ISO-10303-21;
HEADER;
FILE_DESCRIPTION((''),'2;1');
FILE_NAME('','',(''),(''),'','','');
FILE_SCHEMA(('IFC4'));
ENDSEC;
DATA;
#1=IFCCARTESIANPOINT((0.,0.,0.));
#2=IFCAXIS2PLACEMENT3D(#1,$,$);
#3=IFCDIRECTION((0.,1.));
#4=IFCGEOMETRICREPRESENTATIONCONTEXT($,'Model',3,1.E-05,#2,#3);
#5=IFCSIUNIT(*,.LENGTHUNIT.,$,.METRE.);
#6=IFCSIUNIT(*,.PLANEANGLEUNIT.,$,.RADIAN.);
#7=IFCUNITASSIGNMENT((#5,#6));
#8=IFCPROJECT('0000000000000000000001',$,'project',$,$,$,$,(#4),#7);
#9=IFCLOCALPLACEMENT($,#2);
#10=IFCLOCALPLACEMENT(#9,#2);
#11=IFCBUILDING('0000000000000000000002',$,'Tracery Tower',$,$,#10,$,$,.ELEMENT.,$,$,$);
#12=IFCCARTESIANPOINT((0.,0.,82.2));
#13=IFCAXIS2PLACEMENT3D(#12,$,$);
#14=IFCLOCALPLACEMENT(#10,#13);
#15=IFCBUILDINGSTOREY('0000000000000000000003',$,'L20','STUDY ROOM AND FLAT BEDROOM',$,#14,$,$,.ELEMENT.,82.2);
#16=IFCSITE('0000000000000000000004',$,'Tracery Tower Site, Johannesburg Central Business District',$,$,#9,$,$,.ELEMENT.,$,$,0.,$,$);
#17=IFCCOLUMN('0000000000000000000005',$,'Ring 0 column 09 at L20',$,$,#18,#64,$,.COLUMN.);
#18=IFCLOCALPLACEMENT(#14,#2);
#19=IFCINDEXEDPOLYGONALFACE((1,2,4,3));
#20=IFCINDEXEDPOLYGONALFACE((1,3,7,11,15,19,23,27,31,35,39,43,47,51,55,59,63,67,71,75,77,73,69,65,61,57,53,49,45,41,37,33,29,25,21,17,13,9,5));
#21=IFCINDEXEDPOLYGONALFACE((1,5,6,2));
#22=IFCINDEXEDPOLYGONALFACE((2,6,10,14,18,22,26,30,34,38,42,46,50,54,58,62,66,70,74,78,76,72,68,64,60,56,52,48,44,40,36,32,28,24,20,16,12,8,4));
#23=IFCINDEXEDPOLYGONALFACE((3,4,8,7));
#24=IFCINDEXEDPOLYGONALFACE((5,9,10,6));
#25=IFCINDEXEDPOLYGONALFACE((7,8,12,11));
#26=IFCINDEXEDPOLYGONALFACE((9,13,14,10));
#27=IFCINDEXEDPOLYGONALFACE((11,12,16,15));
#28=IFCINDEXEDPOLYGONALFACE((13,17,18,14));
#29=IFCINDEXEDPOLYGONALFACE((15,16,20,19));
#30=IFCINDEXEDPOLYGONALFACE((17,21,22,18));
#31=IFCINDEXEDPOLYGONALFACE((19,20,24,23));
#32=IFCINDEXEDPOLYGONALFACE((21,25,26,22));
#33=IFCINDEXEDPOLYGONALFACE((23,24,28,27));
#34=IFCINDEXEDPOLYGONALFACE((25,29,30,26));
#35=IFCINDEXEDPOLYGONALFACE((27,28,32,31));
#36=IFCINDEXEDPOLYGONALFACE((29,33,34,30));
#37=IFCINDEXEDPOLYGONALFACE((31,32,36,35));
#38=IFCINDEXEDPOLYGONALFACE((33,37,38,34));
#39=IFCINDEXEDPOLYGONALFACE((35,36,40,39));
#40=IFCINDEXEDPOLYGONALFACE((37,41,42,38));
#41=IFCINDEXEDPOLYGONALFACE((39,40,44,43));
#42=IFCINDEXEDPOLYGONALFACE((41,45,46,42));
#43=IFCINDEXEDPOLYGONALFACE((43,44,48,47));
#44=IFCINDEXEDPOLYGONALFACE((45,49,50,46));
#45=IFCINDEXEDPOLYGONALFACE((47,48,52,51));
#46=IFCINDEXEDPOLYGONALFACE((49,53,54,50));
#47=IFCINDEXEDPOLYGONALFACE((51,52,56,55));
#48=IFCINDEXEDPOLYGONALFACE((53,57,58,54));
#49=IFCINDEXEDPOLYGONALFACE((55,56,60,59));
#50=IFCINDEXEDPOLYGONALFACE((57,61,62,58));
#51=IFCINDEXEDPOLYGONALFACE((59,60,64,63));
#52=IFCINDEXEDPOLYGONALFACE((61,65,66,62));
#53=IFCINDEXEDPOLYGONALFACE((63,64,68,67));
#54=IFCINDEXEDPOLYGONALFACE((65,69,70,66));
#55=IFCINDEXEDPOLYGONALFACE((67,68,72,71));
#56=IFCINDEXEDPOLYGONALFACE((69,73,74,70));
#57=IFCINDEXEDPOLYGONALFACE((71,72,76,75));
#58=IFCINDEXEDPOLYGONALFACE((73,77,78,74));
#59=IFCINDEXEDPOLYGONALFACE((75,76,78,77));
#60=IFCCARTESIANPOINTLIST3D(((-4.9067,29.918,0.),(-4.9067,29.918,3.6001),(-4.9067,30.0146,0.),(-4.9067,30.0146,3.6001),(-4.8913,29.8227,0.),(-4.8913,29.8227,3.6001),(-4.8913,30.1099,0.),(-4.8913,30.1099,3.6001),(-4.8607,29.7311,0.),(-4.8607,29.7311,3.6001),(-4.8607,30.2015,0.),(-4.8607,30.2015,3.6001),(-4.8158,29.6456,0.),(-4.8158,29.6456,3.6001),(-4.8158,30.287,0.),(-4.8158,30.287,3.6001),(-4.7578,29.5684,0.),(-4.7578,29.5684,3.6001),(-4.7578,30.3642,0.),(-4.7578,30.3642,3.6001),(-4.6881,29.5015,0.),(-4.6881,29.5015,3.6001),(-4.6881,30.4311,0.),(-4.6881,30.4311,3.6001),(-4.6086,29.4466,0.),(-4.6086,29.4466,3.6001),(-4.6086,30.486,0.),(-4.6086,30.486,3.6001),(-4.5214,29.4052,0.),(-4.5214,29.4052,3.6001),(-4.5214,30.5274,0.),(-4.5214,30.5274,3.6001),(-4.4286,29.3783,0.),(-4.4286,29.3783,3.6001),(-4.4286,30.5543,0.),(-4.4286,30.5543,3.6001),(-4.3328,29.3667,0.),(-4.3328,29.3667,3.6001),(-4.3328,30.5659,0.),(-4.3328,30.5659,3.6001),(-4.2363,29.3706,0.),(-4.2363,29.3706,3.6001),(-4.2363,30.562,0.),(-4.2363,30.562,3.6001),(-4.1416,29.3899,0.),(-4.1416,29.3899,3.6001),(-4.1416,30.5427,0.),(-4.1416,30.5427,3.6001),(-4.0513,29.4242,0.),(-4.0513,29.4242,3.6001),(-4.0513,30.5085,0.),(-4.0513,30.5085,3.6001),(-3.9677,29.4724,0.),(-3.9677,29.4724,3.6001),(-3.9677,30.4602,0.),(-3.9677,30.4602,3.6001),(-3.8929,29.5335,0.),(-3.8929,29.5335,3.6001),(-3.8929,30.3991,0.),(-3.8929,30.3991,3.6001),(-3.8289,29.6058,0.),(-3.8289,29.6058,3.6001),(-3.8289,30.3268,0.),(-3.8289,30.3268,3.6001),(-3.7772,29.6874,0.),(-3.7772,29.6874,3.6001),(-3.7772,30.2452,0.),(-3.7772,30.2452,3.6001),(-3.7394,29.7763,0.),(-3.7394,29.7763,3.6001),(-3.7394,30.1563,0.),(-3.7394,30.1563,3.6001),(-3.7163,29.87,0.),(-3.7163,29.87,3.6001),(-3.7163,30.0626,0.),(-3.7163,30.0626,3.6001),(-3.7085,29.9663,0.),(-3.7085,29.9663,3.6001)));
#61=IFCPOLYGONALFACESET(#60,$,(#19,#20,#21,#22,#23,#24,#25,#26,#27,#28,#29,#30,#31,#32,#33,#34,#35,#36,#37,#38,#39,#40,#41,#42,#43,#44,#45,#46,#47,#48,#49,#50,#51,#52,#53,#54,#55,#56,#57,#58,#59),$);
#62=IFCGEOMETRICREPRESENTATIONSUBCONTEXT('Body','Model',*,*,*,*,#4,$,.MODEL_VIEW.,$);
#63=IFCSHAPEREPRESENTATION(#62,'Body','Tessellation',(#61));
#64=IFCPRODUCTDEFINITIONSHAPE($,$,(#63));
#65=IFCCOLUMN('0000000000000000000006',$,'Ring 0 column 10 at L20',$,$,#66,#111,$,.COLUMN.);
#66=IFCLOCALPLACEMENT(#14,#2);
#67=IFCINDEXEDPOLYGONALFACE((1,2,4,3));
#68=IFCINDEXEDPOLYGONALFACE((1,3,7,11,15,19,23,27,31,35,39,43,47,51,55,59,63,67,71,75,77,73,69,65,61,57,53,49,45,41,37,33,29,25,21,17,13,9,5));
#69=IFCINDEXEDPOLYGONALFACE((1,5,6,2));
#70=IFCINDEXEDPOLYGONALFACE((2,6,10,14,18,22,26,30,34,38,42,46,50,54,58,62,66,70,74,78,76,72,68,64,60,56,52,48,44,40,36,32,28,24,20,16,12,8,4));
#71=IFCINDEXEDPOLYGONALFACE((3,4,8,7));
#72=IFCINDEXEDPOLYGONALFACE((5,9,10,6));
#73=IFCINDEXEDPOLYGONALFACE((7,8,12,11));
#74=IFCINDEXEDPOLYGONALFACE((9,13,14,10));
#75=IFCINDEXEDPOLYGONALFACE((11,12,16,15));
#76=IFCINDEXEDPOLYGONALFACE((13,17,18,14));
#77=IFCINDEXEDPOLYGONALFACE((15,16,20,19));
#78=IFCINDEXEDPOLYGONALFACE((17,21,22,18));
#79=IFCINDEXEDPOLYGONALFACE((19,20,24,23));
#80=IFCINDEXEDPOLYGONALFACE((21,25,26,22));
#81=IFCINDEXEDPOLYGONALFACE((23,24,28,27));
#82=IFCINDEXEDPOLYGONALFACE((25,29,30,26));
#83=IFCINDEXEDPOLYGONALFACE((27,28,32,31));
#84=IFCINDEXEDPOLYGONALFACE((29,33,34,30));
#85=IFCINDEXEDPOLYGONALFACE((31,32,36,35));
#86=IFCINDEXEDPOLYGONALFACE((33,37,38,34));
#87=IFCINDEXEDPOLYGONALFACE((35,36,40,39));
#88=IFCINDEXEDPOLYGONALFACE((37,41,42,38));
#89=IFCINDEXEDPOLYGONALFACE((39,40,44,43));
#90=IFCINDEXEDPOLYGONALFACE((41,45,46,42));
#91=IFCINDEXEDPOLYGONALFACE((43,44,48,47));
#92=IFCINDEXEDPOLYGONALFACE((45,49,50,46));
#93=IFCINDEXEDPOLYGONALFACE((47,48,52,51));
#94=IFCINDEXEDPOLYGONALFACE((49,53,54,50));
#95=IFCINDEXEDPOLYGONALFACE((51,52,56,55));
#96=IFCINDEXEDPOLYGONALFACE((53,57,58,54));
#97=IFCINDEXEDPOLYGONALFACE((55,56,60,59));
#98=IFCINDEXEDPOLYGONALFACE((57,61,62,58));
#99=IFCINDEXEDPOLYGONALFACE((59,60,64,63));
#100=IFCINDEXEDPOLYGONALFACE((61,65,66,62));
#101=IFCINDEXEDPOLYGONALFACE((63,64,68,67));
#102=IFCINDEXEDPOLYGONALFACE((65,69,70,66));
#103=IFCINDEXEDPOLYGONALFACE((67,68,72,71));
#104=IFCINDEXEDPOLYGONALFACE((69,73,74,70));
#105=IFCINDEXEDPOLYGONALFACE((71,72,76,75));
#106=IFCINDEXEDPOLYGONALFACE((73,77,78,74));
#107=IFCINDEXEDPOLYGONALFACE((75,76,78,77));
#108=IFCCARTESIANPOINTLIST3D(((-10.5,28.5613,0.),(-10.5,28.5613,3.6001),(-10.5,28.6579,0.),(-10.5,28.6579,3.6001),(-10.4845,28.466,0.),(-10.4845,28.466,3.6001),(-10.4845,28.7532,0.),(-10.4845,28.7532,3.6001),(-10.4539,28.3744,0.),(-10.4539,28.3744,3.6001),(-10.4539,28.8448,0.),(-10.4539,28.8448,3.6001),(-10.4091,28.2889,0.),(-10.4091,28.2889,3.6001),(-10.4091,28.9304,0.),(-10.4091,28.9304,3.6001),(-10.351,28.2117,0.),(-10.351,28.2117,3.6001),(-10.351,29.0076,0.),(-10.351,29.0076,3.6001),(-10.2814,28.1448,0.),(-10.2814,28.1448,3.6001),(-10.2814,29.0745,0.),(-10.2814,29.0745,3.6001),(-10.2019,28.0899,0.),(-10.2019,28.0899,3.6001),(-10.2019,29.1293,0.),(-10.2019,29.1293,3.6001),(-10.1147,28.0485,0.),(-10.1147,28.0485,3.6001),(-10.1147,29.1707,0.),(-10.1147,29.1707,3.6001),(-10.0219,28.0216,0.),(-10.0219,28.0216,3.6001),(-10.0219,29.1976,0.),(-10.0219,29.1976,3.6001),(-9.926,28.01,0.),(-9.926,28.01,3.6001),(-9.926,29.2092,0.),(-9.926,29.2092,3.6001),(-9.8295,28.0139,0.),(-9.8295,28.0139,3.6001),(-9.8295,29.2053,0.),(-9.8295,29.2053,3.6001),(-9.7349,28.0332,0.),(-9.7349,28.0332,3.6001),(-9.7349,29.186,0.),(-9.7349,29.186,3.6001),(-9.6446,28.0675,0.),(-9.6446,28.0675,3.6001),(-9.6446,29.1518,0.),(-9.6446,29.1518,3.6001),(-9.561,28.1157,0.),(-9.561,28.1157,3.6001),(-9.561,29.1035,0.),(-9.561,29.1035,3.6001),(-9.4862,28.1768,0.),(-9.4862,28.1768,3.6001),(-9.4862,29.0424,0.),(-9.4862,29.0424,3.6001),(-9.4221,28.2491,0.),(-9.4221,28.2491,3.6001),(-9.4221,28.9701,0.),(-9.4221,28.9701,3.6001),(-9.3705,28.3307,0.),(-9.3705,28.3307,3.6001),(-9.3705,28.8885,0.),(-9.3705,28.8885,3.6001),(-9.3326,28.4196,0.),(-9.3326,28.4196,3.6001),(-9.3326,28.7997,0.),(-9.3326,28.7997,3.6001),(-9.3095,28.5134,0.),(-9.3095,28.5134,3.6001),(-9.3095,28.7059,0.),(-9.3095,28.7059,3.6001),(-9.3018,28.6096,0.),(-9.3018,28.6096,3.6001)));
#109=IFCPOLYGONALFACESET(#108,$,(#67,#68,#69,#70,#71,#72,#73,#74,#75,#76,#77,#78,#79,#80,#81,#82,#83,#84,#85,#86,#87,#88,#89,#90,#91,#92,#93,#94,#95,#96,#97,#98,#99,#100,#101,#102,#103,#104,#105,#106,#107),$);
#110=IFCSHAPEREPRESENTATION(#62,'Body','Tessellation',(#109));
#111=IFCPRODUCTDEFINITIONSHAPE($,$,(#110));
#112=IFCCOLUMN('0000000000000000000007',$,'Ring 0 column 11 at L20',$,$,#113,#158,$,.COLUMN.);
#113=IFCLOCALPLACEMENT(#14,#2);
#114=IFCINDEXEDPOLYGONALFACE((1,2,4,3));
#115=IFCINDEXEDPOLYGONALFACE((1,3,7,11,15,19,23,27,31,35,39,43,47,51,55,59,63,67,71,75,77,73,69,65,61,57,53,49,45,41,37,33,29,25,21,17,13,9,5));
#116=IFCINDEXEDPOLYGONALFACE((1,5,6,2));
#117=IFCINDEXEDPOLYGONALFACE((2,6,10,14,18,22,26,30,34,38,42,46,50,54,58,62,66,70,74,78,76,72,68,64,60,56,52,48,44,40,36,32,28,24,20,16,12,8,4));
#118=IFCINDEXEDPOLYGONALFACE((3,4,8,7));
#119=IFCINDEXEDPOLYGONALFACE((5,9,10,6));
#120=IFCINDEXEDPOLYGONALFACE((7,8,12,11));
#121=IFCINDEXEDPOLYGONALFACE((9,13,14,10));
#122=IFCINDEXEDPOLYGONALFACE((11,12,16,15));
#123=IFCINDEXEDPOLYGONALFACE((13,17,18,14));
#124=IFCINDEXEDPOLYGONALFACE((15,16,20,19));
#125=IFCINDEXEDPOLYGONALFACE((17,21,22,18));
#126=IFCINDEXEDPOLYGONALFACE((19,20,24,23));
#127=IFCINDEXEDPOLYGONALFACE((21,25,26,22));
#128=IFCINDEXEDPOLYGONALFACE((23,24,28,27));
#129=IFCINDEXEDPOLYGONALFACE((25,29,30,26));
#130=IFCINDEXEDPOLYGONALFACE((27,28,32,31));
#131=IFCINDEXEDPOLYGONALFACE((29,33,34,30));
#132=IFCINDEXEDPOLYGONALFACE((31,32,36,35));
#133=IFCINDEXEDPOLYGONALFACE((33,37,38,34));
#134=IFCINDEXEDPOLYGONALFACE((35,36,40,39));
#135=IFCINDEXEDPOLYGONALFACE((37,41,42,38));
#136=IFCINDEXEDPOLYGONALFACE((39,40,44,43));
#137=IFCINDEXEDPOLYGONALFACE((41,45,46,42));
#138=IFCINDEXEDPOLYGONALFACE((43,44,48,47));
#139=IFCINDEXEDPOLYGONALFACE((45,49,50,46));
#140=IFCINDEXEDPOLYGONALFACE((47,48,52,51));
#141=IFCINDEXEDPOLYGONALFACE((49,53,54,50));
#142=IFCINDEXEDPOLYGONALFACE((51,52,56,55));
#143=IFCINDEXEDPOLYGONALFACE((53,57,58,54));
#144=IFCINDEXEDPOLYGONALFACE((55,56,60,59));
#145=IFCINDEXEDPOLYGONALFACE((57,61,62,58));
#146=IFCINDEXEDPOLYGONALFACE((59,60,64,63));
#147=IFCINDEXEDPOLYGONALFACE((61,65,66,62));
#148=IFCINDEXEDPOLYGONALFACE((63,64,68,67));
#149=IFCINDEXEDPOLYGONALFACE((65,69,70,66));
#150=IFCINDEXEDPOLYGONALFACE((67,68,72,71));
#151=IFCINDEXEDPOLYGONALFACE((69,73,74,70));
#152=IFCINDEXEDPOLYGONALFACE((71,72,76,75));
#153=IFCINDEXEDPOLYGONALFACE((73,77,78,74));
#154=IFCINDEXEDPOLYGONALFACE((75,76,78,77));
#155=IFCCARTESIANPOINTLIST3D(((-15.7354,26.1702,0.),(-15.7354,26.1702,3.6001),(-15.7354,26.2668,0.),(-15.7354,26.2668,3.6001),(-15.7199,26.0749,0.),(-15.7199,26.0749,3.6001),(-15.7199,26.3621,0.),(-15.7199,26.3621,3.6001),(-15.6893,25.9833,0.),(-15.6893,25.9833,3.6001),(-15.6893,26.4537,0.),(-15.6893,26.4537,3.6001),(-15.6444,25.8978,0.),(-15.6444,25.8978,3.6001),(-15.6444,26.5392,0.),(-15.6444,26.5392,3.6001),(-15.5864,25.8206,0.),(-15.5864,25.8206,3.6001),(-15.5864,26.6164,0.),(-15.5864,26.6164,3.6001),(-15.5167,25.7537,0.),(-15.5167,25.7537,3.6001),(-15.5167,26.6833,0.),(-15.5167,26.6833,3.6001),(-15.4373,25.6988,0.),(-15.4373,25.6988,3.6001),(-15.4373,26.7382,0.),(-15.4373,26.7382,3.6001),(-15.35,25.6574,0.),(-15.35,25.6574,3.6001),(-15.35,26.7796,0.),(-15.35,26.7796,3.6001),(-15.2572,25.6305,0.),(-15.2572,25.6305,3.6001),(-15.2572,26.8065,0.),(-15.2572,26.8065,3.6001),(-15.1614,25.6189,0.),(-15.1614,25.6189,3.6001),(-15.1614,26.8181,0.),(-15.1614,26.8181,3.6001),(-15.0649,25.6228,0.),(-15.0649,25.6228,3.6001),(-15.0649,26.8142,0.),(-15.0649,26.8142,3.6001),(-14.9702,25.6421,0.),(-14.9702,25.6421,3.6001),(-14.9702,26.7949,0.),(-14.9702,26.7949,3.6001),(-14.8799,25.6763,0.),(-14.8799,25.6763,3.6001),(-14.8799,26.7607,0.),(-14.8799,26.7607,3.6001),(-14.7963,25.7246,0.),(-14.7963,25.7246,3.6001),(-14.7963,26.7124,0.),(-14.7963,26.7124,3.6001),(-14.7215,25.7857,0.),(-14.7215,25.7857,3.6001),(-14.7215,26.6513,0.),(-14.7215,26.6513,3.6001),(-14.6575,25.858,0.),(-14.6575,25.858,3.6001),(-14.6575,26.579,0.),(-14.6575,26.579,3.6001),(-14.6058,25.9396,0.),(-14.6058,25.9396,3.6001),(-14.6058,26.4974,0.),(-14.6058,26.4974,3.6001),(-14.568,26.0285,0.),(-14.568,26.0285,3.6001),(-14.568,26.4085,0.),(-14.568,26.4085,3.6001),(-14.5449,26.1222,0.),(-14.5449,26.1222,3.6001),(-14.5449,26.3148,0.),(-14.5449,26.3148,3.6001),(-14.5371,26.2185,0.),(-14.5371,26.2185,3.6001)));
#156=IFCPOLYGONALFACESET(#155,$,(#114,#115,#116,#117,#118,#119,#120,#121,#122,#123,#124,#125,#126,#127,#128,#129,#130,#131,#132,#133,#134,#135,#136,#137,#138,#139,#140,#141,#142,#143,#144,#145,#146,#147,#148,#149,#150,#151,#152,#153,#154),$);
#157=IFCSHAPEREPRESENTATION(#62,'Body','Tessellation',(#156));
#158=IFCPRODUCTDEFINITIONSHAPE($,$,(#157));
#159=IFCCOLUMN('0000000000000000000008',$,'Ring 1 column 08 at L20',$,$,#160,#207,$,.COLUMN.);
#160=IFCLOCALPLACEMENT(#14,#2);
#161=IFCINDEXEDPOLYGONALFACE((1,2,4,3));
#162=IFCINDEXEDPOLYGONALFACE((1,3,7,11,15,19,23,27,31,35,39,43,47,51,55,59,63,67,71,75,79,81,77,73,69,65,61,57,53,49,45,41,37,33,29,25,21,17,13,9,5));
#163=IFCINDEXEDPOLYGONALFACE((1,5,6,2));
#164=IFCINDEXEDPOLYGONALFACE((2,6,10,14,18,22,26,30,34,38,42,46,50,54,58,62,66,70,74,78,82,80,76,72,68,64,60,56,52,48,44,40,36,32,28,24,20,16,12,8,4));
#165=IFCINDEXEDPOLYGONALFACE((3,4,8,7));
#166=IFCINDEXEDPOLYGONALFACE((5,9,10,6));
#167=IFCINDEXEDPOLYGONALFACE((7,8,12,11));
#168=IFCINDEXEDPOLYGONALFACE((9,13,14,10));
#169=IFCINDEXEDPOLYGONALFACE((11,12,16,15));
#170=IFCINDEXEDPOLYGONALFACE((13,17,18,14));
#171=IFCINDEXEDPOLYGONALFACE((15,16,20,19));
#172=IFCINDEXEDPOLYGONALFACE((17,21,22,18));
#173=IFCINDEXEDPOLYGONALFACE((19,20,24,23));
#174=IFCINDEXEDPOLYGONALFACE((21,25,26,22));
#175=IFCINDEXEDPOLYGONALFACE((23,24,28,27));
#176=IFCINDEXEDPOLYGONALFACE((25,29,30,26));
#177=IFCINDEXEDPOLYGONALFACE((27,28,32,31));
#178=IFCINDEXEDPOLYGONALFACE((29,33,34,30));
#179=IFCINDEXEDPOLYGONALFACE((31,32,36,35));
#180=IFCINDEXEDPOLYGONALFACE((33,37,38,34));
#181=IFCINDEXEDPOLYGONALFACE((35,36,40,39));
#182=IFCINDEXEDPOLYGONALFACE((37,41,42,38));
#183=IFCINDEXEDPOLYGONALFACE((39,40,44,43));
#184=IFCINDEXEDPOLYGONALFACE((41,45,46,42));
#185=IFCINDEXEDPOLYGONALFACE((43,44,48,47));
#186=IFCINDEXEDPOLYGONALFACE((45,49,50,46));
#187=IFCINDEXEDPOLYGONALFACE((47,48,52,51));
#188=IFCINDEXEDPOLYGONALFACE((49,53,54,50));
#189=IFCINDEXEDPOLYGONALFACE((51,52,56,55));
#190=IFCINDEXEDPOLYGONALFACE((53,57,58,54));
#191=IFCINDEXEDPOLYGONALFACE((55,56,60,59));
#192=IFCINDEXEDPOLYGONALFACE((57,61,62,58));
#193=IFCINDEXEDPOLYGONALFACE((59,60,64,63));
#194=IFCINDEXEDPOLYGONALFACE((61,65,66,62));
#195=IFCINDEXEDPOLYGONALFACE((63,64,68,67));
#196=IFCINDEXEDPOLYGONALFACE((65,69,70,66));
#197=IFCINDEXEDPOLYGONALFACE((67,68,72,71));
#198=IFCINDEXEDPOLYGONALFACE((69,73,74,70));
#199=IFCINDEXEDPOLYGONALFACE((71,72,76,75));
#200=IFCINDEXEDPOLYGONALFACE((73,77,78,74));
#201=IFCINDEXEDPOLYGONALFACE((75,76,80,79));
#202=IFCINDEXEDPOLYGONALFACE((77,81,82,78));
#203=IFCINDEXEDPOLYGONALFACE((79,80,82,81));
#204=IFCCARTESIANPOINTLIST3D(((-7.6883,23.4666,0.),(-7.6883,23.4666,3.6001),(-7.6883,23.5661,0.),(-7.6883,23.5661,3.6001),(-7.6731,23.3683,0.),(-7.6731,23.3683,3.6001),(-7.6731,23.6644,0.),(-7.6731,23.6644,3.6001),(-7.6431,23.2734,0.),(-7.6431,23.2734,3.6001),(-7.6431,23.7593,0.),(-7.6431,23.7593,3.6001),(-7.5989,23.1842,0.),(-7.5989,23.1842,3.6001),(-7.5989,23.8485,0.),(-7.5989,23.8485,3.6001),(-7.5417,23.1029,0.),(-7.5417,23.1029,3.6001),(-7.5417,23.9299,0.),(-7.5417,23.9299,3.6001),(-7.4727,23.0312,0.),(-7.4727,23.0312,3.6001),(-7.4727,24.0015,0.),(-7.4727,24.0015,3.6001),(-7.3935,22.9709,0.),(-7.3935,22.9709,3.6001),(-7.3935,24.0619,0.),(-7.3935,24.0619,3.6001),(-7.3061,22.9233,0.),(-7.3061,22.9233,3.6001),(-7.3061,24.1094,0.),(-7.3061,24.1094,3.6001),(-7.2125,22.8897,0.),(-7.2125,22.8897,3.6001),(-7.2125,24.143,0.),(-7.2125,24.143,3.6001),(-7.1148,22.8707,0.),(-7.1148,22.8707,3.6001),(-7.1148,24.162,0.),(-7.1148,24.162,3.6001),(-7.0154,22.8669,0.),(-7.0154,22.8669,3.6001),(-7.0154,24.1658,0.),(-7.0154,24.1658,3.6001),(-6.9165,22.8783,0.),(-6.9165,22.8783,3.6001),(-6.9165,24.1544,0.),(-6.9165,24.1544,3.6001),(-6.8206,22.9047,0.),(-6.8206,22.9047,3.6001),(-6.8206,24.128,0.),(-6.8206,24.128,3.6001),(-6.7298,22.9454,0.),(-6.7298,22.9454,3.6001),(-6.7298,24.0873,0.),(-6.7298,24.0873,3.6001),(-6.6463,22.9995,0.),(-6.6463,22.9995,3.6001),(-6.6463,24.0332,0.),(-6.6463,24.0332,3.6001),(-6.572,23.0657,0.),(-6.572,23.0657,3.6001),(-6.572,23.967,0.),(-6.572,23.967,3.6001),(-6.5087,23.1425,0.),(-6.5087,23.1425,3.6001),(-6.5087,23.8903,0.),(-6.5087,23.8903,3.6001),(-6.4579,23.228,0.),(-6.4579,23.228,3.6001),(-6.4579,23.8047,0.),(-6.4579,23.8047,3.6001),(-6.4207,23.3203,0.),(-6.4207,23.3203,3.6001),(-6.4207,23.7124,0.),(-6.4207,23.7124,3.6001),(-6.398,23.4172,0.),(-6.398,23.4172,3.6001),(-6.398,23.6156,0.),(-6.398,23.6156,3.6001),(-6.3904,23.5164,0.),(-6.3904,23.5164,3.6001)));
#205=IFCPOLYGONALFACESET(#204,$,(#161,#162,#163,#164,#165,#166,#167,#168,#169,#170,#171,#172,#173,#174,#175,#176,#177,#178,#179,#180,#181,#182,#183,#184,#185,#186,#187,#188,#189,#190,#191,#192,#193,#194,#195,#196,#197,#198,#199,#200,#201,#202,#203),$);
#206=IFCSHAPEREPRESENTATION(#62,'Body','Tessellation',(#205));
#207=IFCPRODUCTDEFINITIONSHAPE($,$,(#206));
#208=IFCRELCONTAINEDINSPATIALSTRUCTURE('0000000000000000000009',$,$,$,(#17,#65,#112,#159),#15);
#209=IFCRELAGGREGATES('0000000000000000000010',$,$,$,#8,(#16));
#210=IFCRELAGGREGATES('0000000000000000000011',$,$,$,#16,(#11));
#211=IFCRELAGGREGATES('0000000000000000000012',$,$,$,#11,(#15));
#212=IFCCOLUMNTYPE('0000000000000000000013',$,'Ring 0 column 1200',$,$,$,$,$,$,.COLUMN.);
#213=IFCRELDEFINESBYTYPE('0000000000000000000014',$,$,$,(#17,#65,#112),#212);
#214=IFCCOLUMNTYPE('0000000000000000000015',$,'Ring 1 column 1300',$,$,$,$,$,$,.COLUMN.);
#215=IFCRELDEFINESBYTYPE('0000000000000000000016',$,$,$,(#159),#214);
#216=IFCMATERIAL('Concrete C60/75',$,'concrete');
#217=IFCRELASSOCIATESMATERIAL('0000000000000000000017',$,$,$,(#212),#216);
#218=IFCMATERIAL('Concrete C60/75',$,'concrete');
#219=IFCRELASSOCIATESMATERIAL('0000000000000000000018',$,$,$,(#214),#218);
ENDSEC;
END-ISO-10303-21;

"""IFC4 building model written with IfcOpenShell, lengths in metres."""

from ifc_helpers import new_model, si_unit, direction, frame, origin, origin_2d, place, context, subcontext, project, spatial, circle, extrude, material, material_profile, profile_set, type_object, element, save


model = new_model("IFC4")

# Units and contexts
model_context = context("Model", 3, precision=1e-05, world=origin(), true_north=direction((0.0, 1.0)))
body_context = subcontext(model_context, "Body", "Model", "MODEL_VIEW")
ifc_project = project(units=[si_unit("LENGTHUNIT", "METRE"), si_unit("PLANEANGLEUNIT", "RADIAN")], contexts=[model_context])

# Site, building, storey
site_placement = place(None, origin())
site = spatial("IfcSite", under=ifc_project, at=site_placement, Name="Tracery Tower Site, Johannesburg Central Business District", CompositionType="ELEMENT", RefElevation=0.0)
building_placement = place(site_placement, origin())
building = spatial("IfcBuilding", under=site, at=building_placement, Name="Tracery Tower", CompositionType="ELEMENT")
storey_placement = place(building_placement, frame((0.0, 0.0, 82.2)))
storey = spatial("IfcBuildingStorey", under=building, at=storey_placement, Name="L20", Description="STUDY ROOM AND FLAT BEDROOM", CompositionType="ELEMENT", Elevation=82.2)

# Columns
ifc_material_1 = material(Name="Concrete C60/75", Category="concrete")
ifc_material_profile_1 = material_profile(ifc_material_1, circle(Radius=0.6001, at=origin_2d()), Name="RC D1200")
ifc_profile_set_1 = profile_set([ifc_material_profile_1], Name="Concrete C60/75")
column_type_1 = type_object("IfcColumnType", Name="Ring 0 column 1200", PredefinedType="COLUMN", material=ifc_profile_set_1)
for number, where, z_axis, x_axis, name in (
    (1, (-4.3086, 29.9663, 0.0), (0.0, 0.0, 1.0), (1.0, 0.0, 0.0), "Ring 0 column 09 at L20"),
    (2, (-9.9019, 28.6096, 0.0), (0.0, 0.0, 1.0), (1.0, 0.0, 0.0), "Ring 0 column 10 at L20"),
    (3, (-15.1372, 26.2185, 0.0), (0.0, 0.0, 1.0), (1.0, 0.0, 0.0), "Ring 0 column 11 at L20"),
):
    element("IfcColumn", number, at=place(storey_placement, frame(where, z_axis=z_axis, x_axis=x_axis)), inside=storey, type_object=column_type_1, Name=name, PredefinedType="COLUMN", context=body_context, shape_type="SweptSolid", body=[
        extrude(circle(Radius=0.6001, at=origin_2d()), origin(), (0.0, 0.0, 1.0), 3.6001),
    ])
ifc_material_2 = material(Name="Concrete C60/75", Category="concrete")
ifc_material_profile_2 = material_profile(ifc_material_2, circle(Radius=0.6499, at=origin_2d()), Name="RC D1300")
ifc_profile_set_2 = profile_set([ifc_material_profile_2], Name="Concrete C60/75")
column_type_2 = type_object("IfcColumnType", Name="Ring 1 column 1300", PredefinedType="COLUMN", material=ifc_profile_set_2)
for number, where, z_axis, x_axis, name in (
    (4, (-7.0403, 23.5164, 0.0), (0.0, 0.0, 1.0), (1.0, 0.0, 0.0), "Ring 1 column 08 at L20"),
):
    element("IfcColumn", number, at=place(storey_placement, frame(where, z_axis=z_axis, x_axis=x_axis)), inside=storey, type_object=column_type_2, Name=name, PredefinedType="COLUMN", context=body_context, shape_type="SweptSolid", body=[
        extrude(circle(Radius=0.6499, at=origin_2d()), origin(), (0.0, 0.0, 1.0), 3.6001),
    ])

save(model, "model.ifc")
